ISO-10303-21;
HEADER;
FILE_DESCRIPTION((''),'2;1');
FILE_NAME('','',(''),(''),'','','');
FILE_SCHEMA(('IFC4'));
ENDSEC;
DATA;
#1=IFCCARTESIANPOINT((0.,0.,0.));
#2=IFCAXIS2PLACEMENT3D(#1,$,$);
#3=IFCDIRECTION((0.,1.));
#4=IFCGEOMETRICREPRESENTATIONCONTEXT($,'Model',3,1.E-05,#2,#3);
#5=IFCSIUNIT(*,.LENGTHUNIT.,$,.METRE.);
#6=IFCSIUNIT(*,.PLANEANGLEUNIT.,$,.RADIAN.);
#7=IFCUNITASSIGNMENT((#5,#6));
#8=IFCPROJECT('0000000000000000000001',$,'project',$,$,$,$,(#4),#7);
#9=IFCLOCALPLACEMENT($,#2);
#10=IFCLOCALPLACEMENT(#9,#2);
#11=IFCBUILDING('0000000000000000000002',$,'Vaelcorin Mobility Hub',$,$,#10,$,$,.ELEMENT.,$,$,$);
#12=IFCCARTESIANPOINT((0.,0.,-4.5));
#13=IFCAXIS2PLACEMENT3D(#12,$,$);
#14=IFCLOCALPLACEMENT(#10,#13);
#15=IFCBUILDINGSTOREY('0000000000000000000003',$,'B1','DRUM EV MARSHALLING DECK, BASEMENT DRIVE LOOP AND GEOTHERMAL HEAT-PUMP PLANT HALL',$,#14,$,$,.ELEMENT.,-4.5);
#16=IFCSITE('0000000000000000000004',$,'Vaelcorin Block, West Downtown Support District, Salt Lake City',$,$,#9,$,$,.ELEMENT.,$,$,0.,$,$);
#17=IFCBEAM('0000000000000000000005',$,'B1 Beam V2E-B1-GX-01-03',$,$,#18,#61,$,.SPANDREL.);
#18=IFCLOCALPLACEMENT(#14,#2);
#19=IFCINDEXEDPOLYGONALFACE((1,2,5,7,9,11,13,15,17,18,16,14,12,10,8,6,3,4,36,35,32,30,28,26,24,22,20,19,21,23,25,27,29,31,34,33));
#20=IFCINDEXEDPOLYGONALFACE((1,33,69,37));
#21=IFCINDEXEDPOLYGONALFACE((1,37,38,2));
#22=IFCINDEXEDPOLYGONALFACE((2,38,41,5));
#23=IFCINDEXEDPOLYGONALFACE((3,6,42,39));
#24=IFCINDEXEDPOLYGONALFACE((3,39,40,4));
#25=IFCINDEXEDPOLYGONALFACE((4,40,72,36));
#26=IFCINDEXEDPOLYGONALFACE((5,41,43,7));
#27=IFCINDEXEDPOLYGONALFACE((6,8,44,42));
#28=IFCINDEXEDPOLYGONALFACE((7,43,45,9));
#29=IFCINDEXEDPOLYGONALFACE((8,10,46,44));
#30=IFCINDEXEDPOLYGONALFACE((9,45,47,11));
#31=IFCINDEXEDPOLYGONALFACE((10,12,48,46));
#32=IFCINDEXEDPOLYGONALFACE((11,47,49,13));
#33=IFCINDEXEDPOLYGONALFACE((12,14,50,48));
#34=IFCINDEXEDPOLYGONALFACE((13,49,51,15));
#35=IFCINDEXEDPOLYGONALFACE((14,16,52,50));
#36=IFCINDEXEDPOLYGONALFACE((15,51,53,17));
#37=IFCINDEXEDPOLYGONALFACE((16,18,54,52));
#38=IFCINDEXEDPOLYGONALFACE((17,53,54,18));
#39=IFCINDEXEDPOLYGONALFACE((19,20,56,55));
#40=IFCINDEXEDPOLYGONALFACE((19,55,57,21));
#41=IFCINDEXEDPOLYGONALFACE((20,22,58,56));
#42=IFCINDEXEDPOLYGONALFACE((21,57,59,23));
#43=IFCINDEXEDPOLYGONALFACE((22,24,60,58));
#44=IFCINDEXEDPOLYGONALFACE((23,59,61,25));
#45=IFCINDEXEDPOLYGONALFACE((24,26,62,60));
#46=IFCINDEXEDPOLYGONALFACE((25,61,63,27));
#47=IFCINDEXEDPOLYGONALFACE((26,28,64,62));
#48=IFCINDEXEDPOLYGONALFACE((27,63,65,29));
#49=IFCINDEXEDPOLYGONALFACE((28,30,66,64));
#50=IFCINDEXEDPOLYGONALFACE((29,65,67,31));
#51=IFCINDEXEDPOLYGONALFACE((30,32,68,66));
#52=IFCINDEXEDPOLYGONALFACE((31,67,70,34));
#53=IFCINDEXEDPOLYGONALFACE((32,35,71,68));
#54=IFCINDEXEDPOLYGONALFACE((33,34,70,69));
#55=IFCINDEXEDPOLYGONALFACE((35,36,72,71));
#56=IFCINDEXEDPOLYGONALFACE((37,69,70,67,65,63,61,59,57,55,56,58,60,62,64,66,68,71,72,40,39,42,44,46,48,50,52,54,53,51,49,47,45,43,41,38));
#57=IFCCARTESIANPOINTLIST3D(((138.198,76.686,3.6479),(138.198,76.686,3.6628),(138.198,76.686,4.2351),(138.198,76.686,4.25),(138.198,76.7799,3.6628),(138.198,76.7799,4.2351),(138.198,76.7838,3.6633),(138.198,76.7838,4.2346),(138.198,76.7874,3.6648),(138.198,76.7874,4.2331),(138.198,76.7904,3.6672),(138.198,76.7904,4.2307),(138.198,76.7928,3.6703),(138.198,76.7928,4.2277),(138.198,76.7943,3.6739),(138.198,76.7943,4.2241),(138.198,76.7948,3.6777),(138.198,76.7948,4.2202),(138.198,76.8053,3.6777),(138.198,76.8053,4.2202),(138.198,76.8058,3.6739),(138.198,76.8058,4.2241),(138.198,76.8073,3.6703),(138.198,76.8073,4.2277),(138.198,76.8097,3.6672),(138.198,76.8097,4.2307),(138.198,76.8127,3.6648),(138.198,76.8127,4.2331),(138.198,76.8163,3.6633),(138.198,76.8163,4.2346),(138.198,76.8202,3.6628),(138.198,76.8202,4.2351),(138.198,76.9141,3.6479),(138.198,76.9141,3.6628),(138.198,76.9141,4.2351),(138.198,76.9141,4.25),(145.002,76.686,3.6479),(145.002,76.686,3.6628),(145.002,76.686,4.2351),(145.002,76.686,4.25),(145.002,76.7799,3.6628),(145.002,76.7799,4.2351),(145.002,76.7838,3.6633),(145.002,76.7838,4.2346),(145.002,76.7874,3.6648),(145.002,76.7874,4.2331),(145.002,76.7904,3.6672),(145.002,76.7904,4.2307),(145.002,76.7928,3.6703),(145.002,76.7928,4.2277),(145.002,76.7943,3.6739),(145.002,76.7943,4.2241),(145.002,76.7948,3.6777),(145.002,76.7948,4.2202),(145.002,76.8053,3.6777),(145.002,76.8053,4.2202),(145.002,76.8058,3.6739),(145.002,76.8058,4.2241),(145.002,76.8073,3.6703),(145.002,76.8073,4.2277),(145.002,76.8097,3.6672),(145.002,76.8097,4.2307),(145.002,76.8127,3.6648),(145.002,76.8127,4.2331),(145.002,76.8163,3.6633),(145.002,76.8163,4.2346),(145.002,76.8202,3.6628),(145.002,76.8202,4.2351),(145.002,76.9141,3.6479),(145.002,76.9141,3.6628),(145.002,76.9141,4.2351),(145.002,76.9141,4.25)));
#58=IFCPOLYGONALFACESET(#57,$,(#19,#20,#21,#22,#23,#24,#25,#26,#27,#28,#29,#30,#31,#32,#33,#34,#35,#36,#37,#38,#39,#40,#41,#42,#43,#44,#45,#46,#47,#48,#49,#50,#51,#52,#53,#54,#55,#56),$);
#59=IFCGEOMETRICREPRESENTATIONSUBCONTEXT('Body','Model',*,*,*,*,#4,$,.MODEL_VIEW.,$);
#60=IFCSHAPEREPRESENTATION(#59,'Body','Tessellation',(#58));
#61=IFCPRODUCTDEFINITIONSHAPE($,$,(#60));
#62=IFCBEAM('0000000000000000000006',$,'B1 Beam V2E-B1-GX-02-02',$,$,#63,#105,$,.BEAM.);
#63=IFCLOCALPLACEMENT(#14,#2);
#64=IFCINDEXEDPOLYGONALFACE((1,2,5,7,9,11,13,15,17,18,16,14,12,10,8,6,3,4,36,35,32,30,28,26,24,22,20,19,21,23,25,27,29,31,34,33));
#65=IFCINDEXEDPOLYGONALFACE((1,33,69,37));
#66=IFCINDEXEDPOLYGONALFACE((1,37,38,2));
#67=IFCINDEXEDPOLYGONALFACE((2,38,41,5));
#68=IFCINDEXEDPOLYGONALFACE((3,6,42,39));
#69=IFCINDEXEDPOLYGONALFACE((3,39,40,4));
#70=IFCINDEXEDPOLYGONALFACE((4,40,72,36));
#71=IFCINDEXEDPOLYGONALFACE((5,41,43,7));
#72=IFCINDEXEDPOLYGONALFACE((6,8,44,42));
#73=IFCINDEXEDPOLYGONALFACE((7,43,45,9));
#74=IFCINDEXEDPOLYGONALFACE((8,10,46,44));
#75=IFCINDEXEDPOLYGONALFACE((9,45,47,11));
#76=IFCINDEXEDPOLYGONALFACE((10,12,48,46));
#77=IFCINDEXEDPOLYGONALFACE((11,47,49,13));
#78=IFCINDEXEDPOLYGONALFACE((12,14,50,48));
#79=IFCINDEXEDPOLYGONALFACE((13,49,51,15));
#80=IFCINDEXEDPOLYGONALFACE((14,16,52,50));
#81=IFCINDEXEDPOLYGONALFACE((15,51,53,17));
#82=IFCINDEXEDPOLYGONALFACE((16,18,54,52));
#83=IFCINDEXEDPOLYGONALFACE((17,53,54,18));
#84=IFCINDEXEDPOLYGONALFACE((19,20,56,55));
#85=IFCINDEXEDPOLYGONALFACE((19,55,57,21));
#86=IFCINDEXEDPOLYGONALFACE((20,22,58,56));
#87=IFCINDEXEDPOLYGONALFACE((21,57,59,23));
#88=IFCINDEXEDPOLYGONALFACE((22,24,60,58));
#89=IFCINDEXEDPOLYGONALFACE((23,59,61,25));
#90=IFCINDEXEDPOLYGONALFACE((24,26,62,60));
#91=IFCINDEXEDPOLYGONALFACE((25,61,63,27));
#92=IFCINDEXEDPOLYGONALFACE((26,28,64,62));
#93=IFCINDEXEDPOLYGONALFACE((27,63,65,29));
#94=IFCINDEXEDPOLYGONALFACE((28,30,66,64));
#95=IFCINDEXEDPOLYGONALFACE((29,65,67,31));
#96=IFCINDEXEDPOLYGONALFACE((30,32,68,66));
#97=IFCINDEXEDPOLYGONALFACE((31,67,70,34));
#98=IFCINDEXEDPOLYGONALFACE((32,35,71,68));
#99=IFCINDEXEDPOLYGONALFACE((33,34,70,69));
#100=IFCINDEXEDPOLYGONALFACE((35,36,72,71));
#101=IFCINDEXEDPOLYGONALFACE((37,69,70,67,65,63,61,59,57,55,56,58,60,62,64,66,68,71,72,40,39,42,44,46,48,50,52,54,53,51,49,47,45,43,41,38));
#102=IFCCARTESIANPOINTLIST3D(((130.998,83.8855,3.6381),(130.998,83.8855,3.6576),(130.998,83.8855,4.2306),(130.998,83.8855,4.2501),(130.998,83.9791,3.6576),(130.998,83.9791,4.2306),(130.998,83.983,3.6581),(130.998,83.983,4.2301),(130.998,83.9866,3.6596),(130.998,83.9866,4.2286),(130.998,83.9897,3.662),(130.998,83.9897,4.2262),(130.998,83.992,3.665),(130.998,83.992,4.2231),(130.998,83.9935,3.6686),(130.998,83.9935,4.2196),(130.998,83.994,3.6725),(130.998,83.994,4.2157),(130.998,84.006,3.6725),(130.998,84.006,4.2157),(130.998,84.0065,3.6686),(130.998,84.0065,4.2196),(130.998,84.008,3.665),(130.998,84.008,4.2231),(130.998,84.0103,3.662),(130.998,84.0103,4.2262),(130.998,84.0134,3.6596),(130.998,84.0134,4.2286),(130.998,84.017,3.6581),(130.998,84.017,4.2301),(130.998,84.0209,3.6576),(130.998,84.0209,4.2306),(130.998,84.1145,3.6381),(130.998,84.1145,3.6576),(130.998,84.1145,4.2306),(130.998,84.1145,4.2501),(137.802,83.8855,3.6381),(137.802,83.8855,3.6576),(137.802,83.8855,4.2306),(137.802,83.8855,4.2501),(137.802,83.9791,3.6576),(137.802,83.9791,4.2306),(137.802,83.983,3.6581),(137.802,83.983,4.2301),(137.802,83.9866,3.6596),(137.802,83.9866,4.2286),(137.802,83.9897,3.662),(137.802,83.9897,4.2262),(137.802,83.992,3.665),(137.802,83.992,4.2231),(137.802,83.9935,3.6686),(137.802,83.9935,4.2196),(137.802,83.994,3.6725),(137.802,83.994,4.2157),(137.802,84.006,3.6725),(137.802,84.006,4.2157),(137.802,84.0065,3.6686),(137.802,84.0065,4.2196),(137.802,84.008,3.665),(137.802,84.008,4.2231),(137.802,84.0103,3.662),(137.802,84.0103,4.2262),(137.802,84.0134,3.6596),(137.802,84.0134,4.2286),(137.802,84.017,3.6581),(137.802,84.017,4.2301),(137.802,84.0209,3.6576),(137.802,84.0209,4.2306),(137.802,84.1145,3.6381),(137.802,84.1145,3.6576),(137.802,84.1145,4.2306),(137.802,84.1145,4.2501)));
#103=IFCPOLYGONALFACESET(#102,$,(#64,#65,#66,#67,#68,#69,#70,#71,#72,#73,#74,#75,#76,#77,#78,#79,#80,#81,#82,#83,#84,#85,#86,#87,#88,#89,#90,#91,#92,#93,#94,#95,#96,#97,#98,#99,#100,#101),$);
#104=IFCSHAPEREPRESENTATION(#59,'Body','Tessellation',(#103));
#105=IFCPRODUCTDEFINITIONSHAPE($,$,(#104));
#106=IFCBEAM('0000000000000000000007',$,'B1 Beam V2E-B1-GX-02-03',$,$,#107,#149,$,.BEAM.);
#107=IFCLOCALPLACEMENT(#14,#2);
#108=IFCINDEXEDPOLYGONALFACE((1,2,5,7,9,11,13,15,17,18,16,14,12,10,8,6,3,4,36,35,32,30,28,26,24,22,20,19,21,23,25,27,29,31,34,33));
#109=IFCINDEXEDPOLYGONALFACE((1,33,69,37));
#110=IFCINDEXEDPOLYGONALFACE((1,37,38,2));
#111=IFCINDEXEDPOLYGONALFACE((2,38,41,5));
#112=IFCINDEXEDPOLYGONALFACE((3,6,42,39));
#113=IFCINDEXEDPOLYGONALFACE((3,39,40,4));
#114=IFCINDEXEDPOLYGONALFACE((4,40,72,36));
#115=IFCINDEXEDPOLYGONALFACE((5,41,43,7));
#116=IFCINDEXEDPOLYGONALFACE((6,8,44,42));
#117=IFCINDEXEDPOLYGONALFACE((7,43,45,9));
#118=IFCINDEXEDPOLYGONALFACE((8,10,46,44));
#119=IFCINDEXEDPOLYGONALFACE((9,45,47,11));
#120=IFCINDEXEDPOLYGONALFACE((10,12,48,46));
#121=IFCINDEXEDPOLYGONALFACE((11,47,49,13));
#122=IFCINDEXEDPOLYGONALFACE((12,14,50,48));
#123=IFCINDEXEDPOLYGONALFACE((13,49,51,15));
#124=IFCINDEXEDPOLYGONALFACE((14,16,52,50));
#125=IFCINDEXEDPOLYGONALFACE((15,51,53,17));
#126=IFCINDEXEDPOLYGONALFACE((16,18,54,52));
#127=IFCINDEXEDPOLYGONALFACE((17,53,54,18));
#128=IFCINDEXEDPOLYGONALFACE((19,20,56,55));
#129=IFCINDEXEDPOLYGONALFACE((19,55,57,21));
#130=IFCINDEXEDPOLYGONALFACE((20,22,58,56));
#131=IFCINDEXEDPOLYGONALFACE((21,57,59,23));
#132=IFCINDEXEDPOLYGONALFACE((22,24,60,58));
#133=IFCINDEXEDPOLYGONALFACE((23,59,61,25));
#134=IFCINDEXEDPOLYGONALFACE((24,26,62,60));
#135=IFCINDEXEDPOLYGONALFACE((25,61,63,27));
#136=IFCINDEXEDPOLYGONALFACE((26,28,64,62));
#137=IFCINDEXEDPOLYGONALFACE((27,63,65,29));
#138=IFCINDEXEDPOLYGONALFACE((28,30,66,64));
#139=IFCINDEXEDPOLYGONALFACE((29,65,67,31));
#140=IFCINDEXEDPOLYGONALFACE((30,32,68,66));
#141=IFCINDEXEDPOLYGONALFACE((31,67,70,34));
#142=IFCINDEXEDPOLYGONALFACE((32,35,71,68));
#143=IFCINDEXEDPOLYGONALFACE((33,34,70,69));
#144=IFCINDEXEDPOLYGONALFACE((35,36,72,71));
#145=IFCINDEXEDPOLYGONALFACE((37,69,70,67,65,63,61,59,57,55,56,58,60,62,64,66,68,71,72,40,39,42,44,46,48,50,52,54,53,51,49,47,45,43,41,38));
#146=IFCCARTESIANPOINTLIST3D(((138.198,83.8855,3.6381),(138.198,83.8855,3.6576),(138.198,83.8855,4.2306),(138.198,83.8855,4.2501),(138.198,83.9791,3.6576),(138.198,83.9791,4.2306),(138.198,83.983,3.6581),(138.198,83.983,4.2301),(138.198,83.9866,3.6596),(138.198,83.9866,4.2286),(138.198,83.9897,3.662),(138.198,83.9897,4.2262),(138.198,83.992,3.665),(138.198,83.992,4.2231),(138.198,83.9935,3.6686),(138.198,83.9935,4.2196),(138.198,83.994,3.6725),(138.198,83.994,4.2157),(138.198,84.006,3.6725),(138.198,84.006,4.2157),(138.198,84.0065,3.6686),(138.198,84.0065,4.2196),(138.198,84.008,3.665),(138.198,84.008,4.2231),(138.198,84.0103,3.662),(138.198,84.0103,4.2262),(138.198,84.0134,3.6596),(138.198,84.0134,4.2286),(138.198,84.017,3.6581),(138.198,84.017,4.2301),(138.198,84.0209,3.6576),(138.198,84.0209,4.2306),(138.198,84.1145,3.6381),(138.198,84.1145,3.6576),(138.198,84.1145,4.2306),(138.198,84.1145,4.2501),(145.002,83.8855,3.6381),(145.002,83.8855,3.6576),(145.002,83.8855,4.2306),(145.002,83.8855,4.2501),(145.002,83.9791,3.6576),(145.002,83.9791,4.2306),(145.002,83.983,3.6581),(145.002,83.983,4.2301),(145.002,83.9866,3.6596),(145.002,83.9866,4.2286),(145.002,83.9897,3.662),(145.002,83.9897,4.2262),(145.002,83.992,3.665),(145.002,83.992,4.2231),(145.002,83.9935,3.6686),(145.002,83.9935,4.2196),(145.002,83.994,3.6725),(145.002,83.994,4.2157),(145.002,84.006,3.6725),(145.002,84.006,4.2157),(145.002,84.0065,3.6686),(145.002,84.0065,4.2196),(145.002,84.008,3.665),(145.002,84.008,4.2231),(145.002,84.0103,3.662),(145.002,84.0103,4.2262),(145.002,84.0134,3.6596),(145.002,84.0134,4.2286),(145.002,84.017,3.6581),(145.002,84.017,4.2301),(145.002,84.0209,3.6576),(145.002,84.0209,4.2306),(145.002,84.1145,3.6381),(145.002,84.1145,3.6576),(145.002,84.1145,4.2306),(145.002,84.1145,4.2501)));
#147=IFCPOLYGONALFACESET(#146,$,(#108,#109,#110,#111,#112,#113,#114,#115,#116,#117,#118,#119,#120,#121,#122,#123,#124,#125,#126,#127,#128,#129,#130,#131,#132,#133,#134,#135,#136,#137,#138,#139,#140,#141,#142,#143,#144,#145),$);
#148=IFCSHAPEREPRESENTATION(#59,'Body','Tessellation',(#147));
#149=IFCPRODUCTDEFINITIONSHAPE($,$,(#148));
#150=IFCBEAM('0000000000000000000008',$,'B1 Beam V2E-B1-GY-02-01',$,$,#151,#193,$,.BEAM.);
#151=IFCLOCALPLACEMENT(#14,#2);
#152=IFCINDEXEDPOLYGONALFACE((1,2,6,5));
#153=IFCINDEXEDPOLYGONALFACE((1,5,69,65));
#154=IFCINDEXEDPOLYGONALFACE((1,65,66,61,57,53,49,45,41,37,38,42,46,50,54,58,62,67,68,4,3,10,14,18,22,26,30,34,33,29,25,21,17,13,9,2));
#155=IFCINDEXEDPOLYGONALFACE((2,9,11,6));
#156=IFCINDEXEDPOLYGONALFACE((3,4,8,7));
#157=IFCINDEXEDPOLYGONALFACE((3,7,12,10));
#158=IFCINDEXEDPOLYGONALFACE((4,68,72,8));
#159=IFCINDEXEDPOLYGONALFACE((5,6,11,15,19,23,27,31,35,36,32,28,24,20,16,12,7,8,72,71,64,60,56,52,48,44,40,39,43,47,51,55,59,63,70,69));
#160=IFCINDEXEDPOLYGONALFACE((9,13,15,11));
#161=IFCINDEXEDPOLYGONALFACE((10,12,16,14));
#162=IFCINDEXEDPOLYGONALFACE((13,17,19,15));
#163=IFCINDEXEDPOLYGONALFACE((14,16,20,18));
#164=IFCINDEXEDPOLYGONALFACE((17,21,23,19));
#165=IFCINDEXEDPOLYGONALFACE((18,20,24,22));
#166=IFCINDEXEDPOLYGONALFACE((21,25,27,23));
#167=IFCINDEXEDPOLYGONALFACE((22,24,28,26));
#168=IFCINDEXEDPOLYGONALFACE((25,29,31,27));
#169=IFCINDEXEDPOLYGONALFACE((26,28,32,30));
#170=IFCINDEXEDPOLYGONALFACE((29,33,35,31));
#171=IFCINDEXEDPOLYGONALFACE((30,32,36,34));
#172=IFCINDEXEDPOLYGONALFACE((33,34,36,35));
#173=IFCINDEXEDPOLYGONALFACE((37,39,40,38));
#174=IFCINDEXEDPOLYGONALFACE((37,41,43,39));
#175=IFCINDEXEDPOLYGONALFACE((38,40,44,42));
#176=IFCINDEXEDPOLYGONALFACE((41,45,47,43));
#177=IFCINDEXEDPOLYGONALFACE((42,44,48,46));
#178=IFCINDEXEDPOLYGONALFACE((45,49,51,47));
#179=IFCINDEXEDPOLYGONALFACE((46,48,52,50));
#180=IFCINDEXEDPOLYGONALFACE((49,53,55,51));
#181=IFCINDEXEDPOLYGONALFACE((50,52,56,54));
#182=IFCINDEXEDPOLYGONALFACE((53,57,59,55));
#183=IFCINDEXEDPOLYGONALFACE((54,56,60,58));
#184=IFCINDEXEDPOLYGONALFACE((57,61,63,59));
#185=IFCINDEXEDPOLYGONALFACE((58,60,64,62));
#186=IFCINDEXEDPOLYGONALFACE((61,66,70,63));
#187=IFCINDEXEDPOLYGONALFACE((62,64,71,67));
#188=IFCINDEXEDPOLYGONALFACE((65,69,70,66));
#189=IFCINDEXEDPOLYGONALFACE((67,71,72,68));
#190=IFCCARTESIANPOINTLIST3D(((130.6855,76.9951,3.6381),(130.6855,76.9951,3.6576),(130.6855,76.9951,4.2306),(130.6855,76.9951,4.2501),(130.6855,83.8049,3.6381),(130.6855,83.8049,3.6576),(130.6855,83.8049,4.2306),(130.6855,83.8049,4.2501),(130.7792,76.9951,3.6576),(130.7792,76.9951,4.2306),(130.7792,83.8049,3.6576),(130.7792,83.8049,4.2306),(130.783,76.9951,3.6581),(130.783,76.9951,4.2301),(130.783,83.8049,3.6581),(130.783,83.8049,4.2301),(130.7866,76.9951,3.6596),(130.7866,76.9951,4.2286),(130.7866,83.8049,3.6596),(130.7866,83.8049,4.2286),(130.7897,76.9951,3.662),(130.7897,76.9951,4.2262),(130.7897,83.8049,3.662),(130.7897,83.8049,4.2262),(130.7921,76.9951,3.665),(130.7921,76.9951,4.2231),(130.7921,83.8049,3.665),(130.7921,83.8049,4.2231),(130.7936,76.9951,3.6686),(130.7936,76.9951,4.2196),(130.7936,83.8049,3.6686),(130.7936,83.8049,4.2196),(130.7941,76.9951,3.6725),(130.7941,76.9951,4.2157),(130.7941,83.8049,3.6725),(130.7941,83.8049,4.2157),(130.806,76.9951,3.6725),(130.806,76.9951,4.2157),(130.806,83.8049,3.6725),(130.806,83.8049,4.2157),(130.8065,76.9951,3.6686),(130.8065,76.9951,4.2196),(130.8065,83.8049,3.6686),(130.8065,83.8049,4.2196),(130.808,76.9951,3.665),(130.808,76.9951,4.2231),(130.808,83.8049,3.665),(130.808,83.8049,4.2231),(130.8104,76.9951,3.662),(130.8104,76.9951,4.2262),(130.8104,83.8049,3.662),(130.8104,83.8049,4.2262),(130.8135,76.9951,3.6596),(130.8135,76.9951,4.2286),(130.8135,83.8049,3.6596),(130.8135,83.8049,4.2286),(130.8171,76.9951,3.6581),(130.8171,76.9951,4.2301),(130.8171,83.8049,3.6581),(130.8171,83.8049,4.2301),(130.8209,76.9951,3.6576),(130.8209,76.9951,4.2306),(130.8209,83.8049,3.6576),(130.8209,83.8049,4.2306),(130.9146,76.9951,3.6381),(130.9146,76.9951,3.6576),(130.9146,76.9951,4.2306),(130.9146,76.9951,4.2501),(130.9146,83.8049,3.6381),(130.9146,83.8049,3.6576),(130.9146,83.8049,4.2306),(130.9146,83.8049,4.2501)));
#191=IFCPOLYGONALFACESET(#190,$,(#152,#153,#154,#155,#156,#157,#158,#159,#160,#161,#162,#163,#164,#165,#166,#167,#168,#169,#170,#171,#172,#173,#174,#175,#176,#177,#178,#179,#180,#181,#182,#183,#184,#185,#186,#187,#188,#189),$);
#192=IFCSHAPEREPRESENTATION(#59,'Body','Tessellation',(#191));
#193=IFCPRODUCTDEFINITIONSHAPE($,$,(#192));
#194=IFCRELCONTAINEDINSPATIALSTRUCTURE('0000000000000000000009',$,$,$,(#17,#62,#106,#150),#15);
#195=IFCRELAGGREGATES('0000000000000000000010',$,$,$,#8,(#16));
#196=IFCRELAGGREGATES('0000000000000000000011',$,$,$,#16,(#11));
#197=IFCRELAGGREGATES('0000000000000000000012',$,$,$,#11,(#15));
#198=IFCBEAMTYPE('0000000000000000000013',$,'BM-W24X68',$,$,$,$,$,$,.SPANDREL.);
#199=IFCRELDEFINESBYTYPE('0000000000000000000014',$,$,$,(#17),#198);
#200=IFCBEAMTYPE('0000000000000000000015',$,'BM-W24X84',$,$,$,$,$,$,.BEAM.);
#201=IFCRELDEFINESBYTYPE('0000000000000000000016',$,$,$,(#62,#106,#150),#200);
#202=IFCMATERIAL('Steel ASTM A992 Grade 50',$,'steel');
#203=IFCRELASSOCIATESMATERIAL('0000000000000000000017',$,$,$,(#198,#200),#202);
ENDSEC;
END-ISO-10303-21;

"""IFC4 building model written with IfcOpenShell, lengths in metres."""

from ifc_helpers import new_model, si_unit, direction, frame, origin, origin_2d, place, context, subcontext, project, spatial, i_section, extrude, material, material_profile, profile_set, type_object, element, save


model = new_model("IFC4")

# Units and contexts
model_context = context("Model", 3, precision=1e-05, world=origin(), true_north=direction((0.0, 1.0)))
body_context = subcontext(model_context, "Body", "Model", "MODEL_VIEW")
ifc_project = project(units=[si_unit("LENGTHUNIT", "METRE"), si_unit("PLANEANGLEUNIT", "RADIAN")], contexts=[model_context])

# Site, building, storey
site_placement = place(None, origin())
site = spatial("IfcSite", under=ifc_project, at=site_placement, Name="Vaelcorin Block, West Downtown Support District, Salt Lake City", CompositionType="ELEMENT", RefElevation=0.0)
building_placement = place(site_placement, origin())
building = spatial("IfcBuilding", under=site, at=building_placement, Name="Vaelcorin Mobility Hub", CompositionType="ELEMENT")
storey_placement = place(building_placement, frame((0.0, 0.0, -4.5)))
storey = spatial("IfcBuildingStorey", under=building, at=storey_placement, Name="B1", Description="DRUM EV MARSHALLING DECK, BASEMENT DRIVE LOOP AND GEOTHERMAL HEAT-PUMP PLANT HALL", CompositionType="ELEMENT", Elevation=-4.5)

# Shared definitions
ifc_material_1 = material(Name="Steel ASTM A992 Grade 50", Category="steel")

# Beams
ifc_material_profile_1 = material_profile(ifc_material_1, i_section(OverallWidth=0.228, OverallDepth=0.6021, WebThickness=0.0105, FlangeThickness=0.0149, FilletRadius=0.0149, at=origin_2d()), Name="W24X68")
ifc_profile_set_1 = profile_set([ifc_material_profile_1], Name="Steel ASTM A992 Grade 50")
beam_type_1 = type_object("IfcBeamType", Name="BM-W24X68", PredefinedType="SPANDREL", material=ifc_profile_set_1)
for number, where, z_axis, x_axis, name in (
    (1, (138.198, 76.8, 3.949), (1.0, 0.0, 0.0), (0.0, 1.0, 0.0), "B1 Beam V2E-B1-GX-01-03"),
):
    element("IfcBeam", number, at=place(storey_placement, frame(where, z_axis=z_axis, x_axis=x_axis)), inside=storey, type_object=beam_type_1, Name=name, PredefinedType="SPANDREL", context=body_context, shape_type="SweptSolid", body=[
        extrude(i_section(OverallWidth=0.228, OverallDepth=0.6021, WebThickness=0.0105, FlangeThickness=0.0149, FilletRadius=0.0149, at=origin_2d()), origin(), (0.0, 0.0, 1.0), 6.804),
    ])
ifc_material_profile_2 = material_profile(ifc_material_1, i_section(OverallWidth=0.229, OverallDepth=0.6121, WebThickness=0.012, FlangeThickness=0.0195, FilletRadius=0.0149, at=origin_2d()), Name="W24X84")
ifc_profile_set_2 = profile_set([ifc_material_profile_2], Name="Steel ASTM A992 Grade 50")
beam_type_2 = type_object("IfcBeamType", Name="BM-W24X84", PredefinedType="BEAM", material=ifc_profile_set_2)
for number, where, z_axis, x_axis, name in (
    (2, (130.998, 84.0, 3.9441), (1.0, 0.0, 0.0), (0.0, 1.0, 0.0), "B1 Beam V2E-B1-GX-02-02"),
    (3, (138.198, 84.0, 3.9441), (1.0, 0.0, 0.0), (0.0, 1.0, 0.0), "B1 Beam V2E-B1-GX-02-03"),
):
    element("IfcBeam", number, at=place(storey_placement, frame(where, z_axis=z_axis, x_axis=x_axis)), inside=storey, type_object=beam_type_2, Name=name, PredefinedType="BEAM", context=body_context, shape_type="SweptSolid", body=[
        extrude(i_section(OverallWidth=0.229, OverallDepth=0.6121, WebThickness=0.012, FlangeThickness=0.0195, FilletRadius=0.0149, at=origin_2d()), origin(), (0.0, 0.0, 1.0), 6.804),
    ])
for number, where, z_axis, x_axis, name in (
    (4, (130.8, 76.9951, 3.9441), (0.0, 1.0, 0.0), (-1.0, 0.0, 0.0), "B1 Beam V2E-B1-GY-02-01"),
):
    element("IfcBeam", number, at=place(storey_placement, frame(where, z_axis=z_axis, x_axis=x_axis)), inside=storey, type_object=beam_type_2, Name=name, PredefinedType="BEAM", context=body_context, shape_type="SweptSolid", body=[
        extrude(i_section(OverallWidth=0.229, OverallDepth=0.6121, WebThickness=0.012, FlangeThickness=0.0195, FilletRadius=0.0149, at=origin_2d()), origin(), (0.0, 0.0, 1.0), 6.8098),
    ])

save(model, "model.ifc")
